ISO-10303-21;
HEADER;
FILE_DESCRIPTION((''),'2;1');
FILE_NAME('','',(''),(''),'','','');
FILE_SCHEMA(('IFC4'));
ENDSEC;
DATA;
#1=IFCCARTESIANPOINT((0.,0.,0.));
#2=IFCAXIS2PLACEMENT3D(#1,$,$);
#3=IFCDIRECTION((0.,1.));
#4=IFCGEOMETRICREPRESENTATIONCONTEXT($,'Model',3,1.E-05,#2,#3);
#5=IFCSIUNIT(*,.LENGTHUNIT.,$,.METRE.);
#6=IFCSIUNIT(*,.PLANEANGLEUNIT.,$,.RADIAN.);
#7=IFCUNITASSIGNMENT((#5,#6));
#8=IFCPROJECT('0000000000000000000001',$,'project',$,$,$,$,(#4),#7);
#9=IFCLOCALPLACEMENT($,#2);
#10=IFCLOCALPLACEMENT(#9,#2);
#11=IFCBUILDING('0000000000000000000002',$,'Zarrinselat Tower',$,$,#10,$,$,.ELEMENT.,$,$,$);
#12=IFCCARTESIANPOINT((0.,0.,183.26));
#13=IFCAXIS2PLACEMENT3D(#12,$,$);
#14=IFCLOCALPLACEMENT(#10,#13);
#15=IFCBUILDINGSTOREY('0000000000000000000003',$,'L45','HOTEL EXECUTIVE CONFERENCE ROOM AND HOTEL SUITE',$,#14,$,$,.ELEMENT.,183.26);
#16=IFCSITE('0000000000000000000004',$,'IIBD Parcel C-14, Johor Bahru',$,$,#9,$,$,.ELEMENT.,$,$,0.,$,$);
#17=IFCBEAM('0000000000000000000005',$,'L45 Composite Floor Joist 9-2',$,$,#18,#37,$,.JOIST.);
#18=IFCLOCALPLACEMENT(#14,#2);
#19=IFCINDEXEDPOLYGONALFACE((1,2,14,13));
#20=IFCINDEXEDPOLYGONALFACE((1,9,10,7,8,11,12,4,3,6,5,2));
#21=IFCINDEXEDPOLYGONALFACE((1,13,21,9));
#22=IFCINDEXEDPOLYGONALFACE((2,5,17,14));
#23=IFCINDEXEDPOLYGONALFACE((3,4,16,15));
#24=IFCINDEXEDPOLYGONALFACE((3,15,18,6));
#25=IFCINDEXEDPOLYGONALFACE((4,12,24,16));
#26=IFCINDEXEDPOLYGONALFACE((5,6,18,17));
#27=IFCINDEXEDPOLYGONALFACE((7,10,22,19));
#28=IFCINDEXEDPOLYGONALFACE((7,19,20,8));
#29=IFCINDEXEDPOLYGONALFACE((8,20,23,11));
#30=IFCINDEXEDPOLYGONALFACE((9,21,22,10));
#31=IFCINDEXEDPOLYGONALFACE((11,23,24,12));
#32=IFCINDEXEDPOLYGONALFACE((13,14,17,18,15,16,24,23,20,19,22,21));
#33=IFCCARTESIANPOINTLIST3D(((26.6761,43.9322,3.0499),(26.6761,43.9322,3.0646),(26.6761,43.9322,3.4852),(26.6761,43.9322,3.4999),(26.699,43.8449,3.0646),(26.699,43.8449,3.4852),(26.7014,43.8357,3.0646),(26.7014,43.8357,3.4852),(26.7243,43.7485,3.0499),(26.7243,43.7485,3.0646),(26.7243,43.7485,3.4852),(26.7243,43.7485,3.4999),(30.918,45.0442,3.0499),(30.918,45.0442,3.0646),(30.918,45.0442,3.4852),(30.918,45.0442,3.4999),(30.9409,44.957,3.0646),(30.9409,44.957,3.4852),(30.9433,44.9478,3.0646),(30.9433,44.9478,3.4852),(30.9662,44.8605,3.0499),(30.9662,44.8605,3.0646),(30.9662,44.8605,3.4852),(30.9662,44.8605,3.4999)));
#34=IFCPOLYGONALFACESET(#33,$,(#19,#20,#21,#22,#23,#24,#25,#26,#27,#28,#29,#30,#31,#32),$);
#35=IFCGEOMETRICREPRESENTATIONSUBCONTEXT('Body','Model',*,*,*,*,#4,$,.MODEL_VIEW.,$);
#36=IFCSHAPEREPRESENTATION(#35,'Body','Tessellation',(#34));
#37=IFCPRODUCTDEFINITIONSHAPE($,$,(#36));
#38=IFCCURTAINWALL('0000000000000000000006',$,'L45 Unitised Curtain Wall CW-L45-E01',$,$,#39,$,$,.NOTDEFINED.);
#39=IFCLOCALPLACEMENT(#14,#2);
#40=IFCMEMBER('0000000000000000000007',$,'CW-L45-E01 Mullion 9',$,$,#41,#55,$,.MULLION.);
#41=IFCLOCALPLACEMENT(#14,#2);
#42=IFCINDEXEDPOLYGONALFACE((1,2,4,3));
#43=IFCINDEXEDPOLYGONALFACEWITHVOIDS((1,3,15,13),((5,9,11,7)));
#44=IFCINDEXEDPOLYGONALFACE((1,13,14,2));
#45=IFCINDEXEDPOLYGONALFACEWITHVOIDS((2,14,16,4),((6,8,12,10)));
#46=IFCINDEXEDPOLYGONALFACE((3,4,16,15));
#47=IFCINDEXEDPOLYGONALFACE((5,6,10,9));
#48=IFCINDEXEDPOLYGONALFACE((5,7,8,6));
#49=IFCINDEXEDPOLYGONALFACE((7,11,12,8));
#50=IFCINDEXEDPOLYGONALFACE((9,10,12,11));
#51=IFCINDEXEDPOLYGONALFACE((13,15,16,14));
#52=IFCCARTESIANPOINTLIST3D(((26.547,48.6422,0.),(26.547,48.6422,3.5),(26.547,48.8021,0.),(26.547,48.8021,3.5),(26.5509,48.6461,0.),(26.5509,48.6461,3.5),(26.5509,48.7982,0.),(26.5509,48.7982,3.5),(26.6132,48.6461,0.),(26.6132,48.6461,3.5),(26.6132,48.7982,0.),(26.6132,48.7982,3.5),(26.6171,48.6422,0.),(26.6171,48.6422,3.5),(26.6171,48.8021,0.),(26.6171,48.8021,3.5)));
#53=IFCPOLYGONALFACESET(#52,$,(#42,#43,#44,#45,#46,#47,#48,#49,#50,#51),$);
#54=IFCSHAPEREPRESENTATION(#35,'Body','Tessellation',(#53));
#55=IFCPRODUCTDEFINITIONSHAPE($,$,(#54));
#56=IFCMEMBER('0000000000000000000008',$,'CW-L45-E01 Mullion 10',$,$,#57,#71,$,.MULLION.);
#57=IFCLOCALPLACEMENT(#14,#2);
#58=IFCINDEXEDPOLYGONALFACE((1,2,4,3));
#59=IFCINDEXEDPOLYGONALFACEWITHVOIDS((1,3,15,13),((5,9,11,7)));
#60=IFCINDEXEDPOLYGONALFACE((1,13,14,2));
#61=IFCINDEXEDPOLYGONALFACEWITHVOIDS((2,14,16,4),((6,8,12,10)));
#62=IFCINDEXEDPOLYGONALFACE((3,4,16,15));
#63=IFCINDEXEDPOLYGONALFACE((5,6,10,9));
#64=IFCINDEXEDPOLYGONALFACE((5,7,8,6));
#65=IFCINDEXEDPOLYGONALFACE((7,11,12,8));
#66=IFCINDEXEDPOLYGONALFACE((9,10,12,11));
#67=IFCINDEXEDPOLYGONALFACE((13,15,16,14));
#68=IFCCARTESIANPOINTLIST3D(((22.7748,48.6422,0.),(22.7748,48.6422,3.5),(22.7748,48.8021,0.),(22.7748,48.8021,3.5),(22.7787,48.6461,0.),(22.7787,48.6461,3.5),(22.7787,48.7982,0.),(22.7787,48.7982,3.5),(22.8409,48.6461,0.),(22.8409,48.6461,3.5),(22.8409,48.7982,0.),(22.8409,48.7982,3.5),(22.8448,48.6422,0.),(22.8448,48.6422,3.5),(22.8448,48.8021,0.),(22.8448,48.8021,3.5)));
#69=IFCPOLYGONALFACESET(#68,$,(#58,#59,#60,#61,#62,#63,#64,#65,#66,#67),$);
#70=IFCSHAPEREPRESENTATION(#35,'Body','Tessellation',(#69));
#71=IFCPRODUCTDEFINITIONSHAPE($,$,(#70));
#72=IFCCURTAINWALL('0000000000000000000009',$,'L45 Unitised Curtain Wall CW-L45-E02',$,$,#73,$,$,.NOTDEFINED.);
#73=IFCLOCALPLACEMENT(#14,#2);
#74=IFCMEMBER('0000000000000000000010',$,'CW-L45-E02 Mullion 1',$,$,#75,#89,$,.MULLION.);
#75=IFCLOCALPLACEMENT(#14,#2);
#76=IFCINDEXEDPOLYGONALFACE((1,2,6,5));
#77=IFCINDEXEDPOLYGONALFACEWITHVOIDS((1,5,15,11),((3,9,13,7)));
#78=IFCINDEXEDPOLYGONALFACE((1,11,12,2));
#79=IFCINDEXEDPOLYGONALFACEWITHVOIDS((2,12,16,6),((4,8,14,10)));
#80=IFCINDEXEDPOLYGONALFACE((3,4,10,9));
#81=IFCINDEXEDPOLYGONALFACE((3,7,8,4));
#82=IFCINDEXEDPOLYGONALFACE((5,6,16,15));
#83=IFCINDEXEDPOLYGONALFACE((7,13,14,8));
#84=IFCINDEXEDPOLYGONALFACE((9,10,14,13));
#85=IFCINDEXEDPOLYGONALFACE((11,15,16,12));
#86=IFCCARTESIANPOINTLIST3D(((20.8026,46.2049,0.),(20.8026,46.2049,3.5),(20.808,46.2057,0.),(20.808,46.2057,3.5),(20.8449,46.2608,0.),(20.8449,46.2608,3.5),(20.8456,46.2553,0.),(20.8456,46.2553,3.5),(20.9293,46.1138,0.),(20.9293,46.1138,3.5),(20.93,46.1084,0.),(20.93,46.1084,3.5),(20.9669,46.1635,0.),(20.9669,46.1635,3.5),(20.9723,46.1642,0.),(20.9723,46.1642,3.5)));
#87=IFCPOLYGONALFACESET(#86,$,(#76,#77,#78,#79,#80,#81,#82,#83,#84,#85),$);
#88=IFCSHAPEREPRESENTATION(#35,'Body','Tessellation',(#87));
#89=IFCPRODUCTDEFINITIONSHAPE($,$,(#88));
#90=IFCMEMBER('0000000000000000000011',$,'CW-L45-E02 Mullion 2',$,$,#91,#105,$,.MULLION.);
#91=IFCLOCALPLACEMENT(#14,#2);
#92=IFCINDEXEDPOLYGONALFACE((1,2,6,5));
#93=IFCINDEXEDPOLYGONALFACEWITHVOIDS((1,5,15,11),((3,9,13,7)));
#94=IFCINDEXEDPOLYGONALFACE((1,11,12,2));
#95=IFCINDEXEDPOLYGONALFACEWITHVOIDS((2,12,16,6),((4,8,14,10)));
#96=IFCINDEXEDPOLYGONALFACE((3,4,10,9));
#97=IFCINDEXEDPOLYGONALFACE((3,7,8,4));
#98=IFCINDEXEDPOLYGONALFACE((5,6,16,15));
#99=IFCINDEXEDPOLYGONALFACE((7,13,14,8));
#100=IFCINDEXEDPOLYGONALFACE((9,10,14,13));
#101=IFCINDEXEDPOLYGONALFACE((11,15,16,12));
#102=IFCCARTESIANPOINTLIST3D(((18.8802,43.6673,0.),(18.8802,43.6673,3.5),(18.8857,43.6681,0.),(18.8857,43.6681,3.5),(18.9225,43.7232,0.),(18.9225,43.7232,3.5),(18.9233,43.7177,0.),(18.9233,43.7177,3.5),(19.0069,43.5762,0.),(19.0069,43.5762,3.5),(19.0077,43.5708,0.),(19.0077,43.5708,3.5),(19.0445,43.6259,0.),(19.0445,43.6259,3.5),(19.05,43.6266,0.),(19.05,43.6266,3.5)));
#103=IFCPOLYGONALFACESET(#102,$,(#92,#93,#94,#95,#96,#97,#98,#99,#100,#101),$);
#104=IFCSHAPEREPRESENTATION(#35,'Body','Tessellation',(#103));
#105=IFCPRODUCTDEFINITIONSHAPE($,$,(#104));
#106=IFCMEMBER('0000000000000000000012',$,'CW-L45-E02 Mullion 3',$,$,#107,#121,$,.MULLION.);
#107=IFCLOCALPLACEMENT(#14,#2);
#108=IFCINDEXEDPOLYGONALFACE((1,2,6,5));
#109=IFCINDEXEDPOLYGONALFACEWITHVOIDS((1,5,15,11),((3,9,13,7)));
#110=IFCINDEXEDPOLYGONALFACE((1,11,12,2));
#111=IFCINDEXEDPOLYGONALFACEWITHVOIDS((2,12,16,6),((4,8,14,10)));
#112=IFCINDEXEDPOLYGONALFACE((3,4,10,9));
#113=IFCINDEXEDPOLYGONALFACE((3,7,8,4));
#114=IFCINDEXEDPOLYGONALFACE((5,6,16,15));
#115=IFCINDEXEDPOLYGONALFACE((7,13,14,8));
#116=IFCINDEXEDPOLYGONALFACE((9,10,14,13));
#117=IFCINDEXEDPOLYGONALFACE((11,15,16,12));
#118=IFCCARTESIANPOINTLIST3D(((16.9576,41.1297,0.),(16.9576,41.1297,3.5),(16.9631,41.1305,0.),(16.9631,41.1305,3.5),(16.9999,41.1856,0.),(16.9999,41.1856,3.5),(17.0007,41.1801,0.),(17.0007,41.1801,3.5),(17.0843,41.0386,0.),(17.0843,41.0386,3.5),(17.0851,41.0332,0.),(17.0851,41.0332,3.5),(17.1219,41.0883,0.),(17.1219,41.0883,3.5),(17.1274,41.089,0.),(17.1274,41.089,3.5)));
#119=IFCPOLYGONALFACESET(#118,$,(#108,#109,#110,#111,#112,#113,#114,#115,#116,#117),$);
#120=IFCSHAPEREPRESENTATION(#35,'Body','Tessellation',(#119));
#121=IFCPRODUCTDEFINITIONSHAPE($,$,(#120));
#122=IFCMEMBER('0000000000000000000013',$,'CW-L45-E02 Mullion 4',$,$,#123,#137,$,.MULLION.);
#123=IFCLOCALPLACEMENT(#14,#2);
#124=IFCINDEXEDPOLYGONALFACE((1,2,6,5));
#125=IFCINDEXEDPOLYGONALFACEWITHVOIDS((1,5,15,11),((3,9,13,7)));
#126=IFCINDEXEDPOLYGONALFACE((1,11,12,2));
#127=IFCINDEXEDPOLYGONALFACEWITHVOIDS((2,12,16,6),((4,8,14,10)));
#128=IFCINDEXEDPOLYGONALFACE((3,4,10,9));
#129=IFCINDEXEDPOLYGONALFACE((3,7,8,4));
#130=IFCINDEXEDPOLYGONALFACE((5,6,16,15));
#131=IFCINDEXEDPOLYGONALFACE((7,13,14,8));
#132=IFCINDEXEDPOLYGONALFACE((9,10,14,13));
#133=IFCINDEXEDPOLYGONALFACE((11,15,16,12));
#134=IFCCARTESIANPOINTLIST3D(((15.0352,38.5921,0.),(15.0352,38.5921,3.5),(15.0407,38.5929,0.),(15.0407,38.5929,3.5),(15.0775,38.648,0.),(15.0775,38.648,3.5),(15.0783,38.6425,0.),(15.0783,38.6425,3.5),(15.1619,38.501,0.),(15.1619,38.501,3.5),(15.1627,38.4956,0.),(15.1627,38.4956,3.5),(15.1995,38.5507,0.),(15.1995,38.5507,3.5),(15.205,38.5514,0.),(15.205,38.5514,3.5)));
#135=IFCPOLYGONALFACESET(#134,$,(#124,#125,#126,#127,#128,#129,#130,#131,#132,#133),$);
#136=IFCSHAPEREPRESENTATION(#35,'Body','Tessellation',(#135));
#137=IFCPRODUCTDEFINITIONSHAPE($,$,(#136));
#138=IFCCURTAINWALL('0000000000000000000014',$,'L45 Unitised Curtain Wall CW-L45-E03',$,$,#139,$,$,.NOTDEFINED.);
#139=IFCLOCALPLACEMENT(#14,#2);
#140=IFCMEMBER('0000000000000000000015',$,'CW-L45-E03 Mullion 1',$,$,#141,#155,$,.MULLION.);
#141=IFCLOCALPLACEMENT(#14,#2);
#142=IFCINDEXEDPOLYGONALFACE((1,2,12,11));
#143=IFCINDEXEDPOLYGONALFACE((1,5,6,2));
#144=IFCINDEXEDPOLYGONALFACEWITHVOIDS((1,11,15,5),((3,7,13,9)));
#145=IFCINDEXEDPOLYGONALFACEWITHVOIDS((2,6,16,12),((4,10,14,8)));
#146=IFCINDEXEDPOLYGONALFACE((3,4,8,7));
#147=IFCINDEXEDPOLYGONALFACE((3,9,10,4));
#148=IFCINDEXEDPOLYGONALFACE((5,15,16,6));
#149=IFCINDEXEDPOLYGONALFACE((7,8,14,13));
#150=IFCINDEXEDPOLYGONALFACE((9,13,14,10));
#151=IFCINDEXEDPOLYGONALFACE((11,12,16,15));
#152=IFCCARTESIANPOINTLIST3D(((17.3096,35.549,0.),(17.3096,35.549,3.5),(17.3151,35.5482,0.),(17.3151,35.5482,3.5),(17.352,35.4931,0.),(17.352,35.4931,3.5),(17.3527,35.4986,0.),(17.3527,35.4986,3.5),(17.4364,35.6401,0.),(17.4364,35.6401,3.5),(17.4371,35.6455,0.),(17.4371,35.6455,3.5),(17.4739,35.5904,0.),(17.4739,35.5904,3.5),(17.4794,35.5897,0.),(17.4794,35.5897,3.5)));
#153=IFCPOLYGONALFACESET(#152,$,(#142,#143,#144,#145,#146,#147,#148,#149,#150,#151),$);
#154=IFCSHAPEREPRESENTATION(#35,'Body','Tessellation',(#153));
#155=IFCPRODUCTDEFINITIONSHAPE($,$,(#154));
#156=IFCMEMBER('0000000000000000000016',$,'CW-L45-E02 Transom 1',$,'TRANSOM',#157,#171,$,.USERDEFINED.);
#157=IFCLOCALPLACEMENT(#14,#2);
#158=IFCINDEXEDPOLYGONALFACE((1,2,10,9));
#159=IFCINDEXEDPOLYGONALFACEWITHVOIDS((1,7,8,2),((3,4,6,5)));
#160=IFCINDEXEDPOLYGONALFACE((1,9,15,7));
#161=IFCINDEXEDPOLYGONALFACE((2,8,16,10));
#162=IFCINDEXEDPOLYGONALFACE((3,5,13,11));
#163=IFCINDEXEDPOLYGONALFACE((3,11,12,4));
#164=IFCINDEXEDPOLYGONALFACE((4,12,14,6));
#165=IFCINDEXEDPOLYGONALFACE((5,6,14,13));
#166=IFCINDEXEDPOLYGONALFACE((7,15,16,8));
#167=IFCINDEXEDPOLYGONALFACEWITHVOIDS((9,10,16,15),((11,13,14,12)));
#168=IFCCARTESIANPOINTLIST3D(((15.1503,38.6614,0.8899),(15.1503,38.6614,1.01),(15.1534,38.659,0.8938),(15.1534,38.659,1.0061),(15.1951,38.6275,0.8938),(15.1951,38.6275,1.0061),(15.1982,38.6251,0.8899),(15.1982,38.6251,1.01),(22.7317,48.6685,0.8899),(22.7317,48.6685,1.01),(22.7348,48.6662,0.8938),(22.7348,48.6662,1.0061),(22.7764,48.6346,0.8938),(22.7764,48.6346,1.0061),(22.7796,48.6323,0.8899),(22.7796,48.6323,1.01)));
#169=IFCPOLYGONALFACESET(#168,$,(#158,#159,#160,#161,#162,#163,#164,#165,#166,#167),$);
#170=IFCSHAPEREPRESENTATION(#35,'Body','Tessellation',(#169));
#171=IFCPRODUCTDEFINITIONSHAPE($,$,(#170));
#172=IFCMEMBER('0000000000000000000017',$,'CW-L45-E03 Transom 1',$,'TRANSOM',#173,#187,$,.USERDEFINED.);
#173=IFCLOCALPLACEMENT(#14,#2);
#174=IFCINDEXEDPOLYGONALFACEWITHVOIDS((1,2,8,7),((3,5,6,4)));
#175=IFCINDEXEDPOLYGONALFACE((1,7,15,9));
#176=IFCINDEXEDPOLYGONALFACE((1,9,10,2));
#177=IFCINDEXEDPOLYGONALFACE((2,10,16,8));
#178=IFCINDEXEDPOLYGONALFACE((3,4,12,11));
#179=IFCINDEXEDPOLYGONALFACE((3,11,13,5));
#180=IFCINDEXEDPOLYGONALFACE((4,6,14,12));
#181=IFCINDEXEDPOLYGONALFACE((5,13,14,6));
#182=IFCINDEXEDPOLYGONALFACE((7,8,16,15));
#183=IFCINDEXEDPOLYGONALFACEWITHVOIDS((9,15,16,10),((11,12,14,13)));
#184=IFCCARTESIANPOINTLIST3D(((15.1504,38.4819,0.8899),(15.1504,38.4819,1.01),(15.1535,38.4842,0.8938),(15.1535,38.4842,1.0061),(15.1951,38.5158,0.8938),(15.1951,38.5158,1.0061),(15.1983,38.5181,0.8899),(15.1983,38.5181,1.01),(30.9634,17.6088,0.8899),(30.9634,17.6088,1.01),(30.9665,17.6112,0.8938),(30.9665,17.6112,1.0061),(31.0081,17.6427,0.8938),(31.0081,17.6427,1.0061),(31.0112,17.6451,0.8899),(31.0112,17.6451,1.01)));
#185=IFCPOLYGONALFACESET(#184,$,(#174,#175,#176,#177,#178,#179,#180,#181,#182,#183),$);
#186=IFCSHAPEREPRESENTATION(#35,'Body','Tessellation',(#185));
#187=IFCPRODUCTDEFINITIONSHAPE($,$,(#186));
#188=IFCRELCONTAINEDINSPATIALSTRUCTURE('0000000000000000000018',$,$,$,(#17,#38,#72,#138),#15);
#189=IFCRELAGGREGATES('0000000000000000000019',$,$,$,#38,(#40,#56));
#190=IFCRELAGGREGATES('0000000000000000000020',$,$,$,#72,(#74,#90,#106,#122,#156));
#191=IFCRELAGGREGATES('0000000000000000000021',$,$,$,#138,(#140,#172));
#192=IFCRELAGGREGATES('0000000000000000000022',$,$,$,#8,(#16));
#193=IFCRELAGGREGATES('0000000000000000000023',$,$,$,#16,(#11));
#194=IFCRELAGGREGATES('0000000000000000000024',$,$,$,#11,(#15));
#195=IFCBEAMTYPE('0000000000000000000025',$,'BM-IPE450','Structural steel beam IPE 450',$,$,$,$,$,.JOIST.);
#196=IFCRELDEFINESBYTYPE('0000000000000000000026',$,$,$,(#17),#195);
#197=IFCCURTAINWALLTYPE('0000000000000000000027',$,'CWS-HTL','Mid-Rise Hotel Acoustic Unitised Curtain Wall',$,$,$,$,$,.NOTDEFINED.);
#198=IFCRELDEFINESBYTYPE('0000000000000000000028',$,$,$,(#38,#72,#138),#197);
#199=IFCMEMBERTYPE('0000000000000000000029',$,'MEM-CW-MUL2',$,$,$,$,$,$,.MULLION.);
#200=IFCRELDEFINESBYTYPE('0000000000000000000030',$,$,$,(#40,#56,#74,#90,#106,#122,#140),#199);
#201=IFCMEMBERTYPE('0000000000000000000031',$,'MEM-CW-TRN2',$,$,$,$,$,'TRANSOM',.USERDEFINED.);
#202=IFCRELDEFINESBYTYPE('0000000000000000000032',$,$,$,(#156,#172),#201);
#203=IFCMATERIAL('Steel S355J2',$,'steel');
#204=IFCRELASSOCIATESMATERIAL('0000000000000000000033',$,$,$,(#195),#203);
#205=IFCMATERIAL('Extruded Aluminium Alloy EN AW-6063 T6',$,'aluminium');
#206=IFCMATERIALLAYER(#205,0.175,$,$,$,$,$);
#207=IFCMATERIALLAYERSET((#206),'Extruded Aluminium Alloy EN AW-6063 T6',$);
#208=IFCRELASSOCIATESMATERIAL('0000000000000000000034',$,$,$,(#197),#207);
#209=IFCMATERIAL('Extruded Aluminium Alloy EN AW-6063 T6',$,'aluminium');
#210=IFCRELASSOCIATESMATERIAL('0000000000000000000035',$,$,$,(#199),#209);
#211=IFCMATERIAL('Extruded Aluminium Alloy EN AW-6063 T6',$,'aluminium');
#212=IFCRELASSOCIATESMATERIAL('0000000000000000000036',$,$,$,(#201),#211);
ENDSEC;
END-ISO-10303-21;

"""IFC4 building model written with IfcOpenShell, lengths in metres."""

from ifc_helpers import new_model, si_unit, direction, frame, origin, origin_2d, place, context, subcontext, project, spatial, hollow_rectangle, i_section, extrude, material, layer, layer_set, material_profile, profile_set, type_object, element, aggregate, save


model = new_model("IFC4")

# Units and contexts
model_context = context("Model", 3, precision=1e-05, world=origin(), true_north=direction((0.0, 1.0)))
body_context = subcontext(model_context, "Body", "Model", "MODEL_VIEW")
ifc_project = project(units=[si_unit("LENGTHUNIT", "METRE"), si_unit("PLANEANGLEUNIT", "RADIAN")], contexts=[model_context])

# Site, building, storey
site_placement = place(None, origin())
site = spatial("IfcSite", under=ifc_project, at=site_placement, Name="IIBD Parcel C-14, Johor Bahru", CompositionType="ELEMENT", RefElevation=0.0)
building_placement = place(site_placement, origin())
building = spatial("IfcBuilding", under=site, at=building_placement, Name="Zarrinselat Tower", CompositionType="ELEMENT")
storey_placement = place(building_placement, frame((0.0, 0.0, 183.26)))
storey = spatial("IfcBuildingStorey", under=building, at=storey_placement, Name="L45", Description="HOTEL EXECUTIVE CONFERENCE ROOM AND HOTEL SUITE", CompositionType="ELEMENT", Elevation=183.26)

# Beam
ifc_material_1 = material(Name="Steel S355J2", Category="steel")
ifc_material_profile_1 = material_profile(ifc_material_1, i_section(OverallWidth=0.1899, OverallDepth=0.45, WebThickness=0.0095, FlangeThickness=0.0146, at=origin_2d()), Name="IPE 450")
ifc_profile_set_1 = profile_set([ifc_material_profile_1], Name="Steel S355J2")
beam_type_1 = type_object("IfcBeamType", Name="BM-IPE450", Description="Structural steel beam IPE 450", PredefinedType="JOIST", material=ifc_profile_set_1)
beam_1_placement = place(storey_placement, frame((26.7002, 43.8403, 3.2749), z_axis=(0.967312, 0.253589, 0.0), x_axis=(-0.253589, 0.967312, 0.0)))
element("IfcBeam", 1, at=beam_1_placement, inside=storey, type_object=beam_type_1, Name="L45 Composite Floor Joist 9-2", PredefinedType="JOIST", context=body_context, shape_type="SweptSolid", body=[
    extrude(i_section(OverallWidth=0.1899, OverallDepth=0.45, WebThickness=0.0095, FlangeThickness=0.0146, at=origin_2d()), origin(), (0.0, 0.0, 1.0), 4.3853),
])

# Curtain walls, members
ifc_material_2 = material(Name="Extruded Aluminium Alloy EN AW-6063 T6", Category="aluminium")
ifc_layer_1 = layer(ifc_material_2, 0.175)
ifc_layer_set_1 = layer_set([ifc_layer_1], Name="Extruded Aluminium Alloy EN AW-6063 T6")
curtain_wall_type = type_object("IfcCurtainWallType", Name="CWS-HTL", Description="Mid-Rise Hotel Acoustic Unitised Curtain Wall", PredefinedType="NOTDEFINED", material=ifc_layer_set_1)
curtain_wall_1_placement = place(storey_placement, origin())
curtain_wall_1 = element("IfcCurtainWall", 2, at=curtain_wall_1_placement, inside=storey, type_object=curtain_wall_type, Name="L45 Unitised Curtain Wall CW-L45-E01", PredefinedType="NOTDEFINED")
ifc_material_3 = material(Name="Extruded Aluminium Alloy EN AW-6063 T6", Category="aluminium")
ifc_material_profile_2 = material_profile(ifc_material_3, hollow_rectangle(XDim=0.0701, YDim=0.1599, WallThickness=0.0039, at=origin_2d()), Name="RHS 160x70x4")
ifc_profile_set_2 = profile_set([ifc_material_profile_2], Name="Extruded Aluminium Alloy EN AW-6063 T6")
member_type_1 = type_object("IfcMemberType", Name="MEM-CW-MUL2", PredefinedType="MULLION", material=ifc_profile_set_2)
member_1_placement = place(storey_placement, frame((26.582, 48.7222, 0.0), z_axis=(0.0, 0.0, 1.0), x_axis=(-1.0, 0.0, 0.0)))
member_1 = element("IfcMember", 3, at=member_1_placement, type_object=member_type_1, Name="CW-L45-E01 Mullion 9", PredefinedType="MULLION", context=body_context, shape_type="SweptSolid", body=[
    extrude(hollow_rectangle(XDim=0.0701, YDim=0.1599, WallThickness=0.0039, at=origin_2d()), origin(), (0.0, 0.0, 1.0), 3.5),
])
member_2_placement = place(storey_placement, frame((22.8098, 48.7222, 0.0), z_axis=(0.0, 0.0, 1.0), x_axis=(-1.0, 0.0, 0.0)))
member_2 = element("IfcMember", 4, at=member_2_placement, type_object=member_type_1, Name="CW-L45-E01 Mullion 10", PredefinedType="MULLION", context=body_context, shape_type="SweptSolid", body=[
    extrude(hollow_rectangle(XDim=0.0701, YDim=0.1599, WallThickness=0.0039, at=origin_2d()), origin(), (0.0, 0.0, 1.0), 3.5),
])
curtain_wall_2_placement = place(storey_placement, origin())
curtain_wall_2 = element("IfcCurtainWall", 5, at=curtain_wall_2_placement, inside=storey, type_object=curtain_wall_type, Name="L45 Unitised Curtain Wall CW-L45-E02", PredefinedType="NOTDEFINED")
member_3_placement = place(storey_placement, frame((20.8875, 46.1846, 0.0), z_axis=(0.0, 0.0, 1.0), x_axis=(-0.603859, -0.797091, 0.0)))
member_3 = element("IfcMember", 6, at=member_3_placement, type_object=member_type_1, Name="CW-L45-E02 Mullion 1", PredefinedType="MULLION", context=body_context, shape_type="SweptSolid", body=[
    extrude(hollow_rectangle(XDim=0.0701, YDim=0.1599, WallThickness=0.0039, at=origin_2d()), origin(), (0.0, 0.0, 1.0), 3.5),
])
member_4_placement = place(storey_placement, frame((18.9651, 43.647, 0.0), z_axis=(0.0, 0.0, 1.0), x_axis=(-0.603859, -0.797091, 0.0)))
member_4 = element("IfcMember", 7, at=member_4_placement, type_object=member_type_1, Name="CW-L45-E02 Mullion 2", PredefinedType="MULLION", context=body_context, shape_type="SweptSolid", body=[
    extrude(hollow_rectangle(XDim=0.0701, YDim=0.1599, WallThickness=0.0039, at=origin_2d()), origin(), (0.0, 0.0, 1.0), 3.5),
])
member_5_placement = place(storey_placement, frame((17.0425, 41.1094, 0.0), z_axis=(0.0, 0.0, 1.0), x_axis=(-0.603859, -0.797091, 0.0)))
member_5 = element("IfcMember", 8, at=member_5_placement, type_object=member_type_1, Name="CW-L45-E02 Mullion 3", PredefinedType="MULLION", context=body_context, shape_type="SweptSolid", body=[
    extrude(hollow_rectangle(XDim=0.0701, YDim=0.1599, WallThickness=0.0039, at=origin_2d()), origin(), (0.0, 0.0, 1.0), 3.5),
])
member_6_placement = place(storey_placement, frame((15.1201, 38.5718, 0.0), z_axis=(0.0, 0.0, 1.0), x_axis=(-0.603859, -0.797091, 0.0)))
member_6 = element("IfcMember", 9, at=member_6_placement, type_object=member_type_1, Name="CW-L45-E02 Mullion 4", PredefinedType="MULLION", context=body_context, shape_type="SweptSolid", body=[
    extrude(hollow_rectangle(XDim=0.0701, YDim=0.1599, WallThickness=0.0039, at=origin_2d()), origin(), (0.0, 0.0, 1.0), 3.5),
])

# Curtain wall, member
curtain_wall_3_placement = place(storey_placement, origin())
curtain_wall_3 = element("IfcCurtainWall", 10, at=curtain_wall_3_placement, inside=storey, type_object=curtain_wall_type, Name="L45 Unitised Curtain Wall CW-L45-E03", PredefinedType="NOTDEFINED")
member_7_placement = place(storey_placement, frame((17.3945, 35.5693, 0.0), z_axis=(0.0, 0.0, 1.0), x_axis=(0.603857, -0.797092, 0.0)))
member_7 = element("IfcMember", 11, at=member_7_placement, type_object=member_type_1, Name="CW-L45-E03 Mullion 1", PredefinedType="MULLION", context=body_context, shape_type="SweptSolid", body=[
    extrude(hollow_rectangle(XDim=0.0701, YDim=0.1599, WallThickness=0.0039, at=origin_2d()), origin(), (0.0, 0.0, 1.0), 3.5),
])

# Members
ifc_material_4 = material(Name="Extruded Aluminium Alloy EN AW-6063 T6", Category="aluminium")
ifc_material_profile_3 = material_profile(ifc_material_4, hollow_rectangle(XDim=0.0601, YDim=0.1201, WallThickness=0.0039, at=origin_2d()), Name="RHS 120x60x4")
ifc_profile_set_3 = profile_set([ifc_material_profile_3], Name="Extruded Aluminium Alloy EN AW-6063 T6")
member_type_2 = type_object("IfcMemberType", Name="MEM-CW-TRN2", ElementType="TRANSOM", PredefinedType="USERDEFINED", material=ifc_profile_set_3)
member_8_placement = place(storey_placement, frame((22.7556, 48.6504, 0.95), z_axis=(-0.603867, -0.797085, 0.0), x_axis=(0.797085, -0.603867, 0.0)))
member_8 = element("IfcMember", 12, at=member_8_placement, type_object=member_type_2, Name="CW-L45-E02 Transom 1", ObjectType="TRANSOM", PredefinedType="USERDEFINED", context=body_context, shape_type="SweptSolid", body=[
    extrude(hollow_rectangle(XDim=0.0601, YDim=0.1201, WallThickness=0.0039, at=origin_2d()), origin(), (0.0, 0.0, 1.0), 12.5547),
])
member_9_placement = place(storey_placement, frame((15.1743, 38.5, 0.95), z_axis=(0.603859, -0.797091, 0.0), x_axis=(0.797091, 0.603859, 0.0)))
member_9 = element("IfcMember", 13, at=member_9_placement, type_object=member_type_2, Name="CW-L45-E03 Transom 1", ObjectType="TRANSOM", PredefinedType="USERDEFINED", context=body_context, shape_type="SweptSolid", body=[
    extrude(hollow_rectangle(XDim=0.0601, YDim=0.1201, WallThickness=0.0039, at=origin_2d()), origin(), (0.0, 0.0, 1.0), 26.1865),
])

aggregate(curtain_wall_1, [member_1, member_2])
aggregate(curtain_wall_2, [member_3, member_4, member_5, member_6, member_8])
aggregate(curtain_wall_3, [member_7, member_9])

save(model, "model.ifc")
